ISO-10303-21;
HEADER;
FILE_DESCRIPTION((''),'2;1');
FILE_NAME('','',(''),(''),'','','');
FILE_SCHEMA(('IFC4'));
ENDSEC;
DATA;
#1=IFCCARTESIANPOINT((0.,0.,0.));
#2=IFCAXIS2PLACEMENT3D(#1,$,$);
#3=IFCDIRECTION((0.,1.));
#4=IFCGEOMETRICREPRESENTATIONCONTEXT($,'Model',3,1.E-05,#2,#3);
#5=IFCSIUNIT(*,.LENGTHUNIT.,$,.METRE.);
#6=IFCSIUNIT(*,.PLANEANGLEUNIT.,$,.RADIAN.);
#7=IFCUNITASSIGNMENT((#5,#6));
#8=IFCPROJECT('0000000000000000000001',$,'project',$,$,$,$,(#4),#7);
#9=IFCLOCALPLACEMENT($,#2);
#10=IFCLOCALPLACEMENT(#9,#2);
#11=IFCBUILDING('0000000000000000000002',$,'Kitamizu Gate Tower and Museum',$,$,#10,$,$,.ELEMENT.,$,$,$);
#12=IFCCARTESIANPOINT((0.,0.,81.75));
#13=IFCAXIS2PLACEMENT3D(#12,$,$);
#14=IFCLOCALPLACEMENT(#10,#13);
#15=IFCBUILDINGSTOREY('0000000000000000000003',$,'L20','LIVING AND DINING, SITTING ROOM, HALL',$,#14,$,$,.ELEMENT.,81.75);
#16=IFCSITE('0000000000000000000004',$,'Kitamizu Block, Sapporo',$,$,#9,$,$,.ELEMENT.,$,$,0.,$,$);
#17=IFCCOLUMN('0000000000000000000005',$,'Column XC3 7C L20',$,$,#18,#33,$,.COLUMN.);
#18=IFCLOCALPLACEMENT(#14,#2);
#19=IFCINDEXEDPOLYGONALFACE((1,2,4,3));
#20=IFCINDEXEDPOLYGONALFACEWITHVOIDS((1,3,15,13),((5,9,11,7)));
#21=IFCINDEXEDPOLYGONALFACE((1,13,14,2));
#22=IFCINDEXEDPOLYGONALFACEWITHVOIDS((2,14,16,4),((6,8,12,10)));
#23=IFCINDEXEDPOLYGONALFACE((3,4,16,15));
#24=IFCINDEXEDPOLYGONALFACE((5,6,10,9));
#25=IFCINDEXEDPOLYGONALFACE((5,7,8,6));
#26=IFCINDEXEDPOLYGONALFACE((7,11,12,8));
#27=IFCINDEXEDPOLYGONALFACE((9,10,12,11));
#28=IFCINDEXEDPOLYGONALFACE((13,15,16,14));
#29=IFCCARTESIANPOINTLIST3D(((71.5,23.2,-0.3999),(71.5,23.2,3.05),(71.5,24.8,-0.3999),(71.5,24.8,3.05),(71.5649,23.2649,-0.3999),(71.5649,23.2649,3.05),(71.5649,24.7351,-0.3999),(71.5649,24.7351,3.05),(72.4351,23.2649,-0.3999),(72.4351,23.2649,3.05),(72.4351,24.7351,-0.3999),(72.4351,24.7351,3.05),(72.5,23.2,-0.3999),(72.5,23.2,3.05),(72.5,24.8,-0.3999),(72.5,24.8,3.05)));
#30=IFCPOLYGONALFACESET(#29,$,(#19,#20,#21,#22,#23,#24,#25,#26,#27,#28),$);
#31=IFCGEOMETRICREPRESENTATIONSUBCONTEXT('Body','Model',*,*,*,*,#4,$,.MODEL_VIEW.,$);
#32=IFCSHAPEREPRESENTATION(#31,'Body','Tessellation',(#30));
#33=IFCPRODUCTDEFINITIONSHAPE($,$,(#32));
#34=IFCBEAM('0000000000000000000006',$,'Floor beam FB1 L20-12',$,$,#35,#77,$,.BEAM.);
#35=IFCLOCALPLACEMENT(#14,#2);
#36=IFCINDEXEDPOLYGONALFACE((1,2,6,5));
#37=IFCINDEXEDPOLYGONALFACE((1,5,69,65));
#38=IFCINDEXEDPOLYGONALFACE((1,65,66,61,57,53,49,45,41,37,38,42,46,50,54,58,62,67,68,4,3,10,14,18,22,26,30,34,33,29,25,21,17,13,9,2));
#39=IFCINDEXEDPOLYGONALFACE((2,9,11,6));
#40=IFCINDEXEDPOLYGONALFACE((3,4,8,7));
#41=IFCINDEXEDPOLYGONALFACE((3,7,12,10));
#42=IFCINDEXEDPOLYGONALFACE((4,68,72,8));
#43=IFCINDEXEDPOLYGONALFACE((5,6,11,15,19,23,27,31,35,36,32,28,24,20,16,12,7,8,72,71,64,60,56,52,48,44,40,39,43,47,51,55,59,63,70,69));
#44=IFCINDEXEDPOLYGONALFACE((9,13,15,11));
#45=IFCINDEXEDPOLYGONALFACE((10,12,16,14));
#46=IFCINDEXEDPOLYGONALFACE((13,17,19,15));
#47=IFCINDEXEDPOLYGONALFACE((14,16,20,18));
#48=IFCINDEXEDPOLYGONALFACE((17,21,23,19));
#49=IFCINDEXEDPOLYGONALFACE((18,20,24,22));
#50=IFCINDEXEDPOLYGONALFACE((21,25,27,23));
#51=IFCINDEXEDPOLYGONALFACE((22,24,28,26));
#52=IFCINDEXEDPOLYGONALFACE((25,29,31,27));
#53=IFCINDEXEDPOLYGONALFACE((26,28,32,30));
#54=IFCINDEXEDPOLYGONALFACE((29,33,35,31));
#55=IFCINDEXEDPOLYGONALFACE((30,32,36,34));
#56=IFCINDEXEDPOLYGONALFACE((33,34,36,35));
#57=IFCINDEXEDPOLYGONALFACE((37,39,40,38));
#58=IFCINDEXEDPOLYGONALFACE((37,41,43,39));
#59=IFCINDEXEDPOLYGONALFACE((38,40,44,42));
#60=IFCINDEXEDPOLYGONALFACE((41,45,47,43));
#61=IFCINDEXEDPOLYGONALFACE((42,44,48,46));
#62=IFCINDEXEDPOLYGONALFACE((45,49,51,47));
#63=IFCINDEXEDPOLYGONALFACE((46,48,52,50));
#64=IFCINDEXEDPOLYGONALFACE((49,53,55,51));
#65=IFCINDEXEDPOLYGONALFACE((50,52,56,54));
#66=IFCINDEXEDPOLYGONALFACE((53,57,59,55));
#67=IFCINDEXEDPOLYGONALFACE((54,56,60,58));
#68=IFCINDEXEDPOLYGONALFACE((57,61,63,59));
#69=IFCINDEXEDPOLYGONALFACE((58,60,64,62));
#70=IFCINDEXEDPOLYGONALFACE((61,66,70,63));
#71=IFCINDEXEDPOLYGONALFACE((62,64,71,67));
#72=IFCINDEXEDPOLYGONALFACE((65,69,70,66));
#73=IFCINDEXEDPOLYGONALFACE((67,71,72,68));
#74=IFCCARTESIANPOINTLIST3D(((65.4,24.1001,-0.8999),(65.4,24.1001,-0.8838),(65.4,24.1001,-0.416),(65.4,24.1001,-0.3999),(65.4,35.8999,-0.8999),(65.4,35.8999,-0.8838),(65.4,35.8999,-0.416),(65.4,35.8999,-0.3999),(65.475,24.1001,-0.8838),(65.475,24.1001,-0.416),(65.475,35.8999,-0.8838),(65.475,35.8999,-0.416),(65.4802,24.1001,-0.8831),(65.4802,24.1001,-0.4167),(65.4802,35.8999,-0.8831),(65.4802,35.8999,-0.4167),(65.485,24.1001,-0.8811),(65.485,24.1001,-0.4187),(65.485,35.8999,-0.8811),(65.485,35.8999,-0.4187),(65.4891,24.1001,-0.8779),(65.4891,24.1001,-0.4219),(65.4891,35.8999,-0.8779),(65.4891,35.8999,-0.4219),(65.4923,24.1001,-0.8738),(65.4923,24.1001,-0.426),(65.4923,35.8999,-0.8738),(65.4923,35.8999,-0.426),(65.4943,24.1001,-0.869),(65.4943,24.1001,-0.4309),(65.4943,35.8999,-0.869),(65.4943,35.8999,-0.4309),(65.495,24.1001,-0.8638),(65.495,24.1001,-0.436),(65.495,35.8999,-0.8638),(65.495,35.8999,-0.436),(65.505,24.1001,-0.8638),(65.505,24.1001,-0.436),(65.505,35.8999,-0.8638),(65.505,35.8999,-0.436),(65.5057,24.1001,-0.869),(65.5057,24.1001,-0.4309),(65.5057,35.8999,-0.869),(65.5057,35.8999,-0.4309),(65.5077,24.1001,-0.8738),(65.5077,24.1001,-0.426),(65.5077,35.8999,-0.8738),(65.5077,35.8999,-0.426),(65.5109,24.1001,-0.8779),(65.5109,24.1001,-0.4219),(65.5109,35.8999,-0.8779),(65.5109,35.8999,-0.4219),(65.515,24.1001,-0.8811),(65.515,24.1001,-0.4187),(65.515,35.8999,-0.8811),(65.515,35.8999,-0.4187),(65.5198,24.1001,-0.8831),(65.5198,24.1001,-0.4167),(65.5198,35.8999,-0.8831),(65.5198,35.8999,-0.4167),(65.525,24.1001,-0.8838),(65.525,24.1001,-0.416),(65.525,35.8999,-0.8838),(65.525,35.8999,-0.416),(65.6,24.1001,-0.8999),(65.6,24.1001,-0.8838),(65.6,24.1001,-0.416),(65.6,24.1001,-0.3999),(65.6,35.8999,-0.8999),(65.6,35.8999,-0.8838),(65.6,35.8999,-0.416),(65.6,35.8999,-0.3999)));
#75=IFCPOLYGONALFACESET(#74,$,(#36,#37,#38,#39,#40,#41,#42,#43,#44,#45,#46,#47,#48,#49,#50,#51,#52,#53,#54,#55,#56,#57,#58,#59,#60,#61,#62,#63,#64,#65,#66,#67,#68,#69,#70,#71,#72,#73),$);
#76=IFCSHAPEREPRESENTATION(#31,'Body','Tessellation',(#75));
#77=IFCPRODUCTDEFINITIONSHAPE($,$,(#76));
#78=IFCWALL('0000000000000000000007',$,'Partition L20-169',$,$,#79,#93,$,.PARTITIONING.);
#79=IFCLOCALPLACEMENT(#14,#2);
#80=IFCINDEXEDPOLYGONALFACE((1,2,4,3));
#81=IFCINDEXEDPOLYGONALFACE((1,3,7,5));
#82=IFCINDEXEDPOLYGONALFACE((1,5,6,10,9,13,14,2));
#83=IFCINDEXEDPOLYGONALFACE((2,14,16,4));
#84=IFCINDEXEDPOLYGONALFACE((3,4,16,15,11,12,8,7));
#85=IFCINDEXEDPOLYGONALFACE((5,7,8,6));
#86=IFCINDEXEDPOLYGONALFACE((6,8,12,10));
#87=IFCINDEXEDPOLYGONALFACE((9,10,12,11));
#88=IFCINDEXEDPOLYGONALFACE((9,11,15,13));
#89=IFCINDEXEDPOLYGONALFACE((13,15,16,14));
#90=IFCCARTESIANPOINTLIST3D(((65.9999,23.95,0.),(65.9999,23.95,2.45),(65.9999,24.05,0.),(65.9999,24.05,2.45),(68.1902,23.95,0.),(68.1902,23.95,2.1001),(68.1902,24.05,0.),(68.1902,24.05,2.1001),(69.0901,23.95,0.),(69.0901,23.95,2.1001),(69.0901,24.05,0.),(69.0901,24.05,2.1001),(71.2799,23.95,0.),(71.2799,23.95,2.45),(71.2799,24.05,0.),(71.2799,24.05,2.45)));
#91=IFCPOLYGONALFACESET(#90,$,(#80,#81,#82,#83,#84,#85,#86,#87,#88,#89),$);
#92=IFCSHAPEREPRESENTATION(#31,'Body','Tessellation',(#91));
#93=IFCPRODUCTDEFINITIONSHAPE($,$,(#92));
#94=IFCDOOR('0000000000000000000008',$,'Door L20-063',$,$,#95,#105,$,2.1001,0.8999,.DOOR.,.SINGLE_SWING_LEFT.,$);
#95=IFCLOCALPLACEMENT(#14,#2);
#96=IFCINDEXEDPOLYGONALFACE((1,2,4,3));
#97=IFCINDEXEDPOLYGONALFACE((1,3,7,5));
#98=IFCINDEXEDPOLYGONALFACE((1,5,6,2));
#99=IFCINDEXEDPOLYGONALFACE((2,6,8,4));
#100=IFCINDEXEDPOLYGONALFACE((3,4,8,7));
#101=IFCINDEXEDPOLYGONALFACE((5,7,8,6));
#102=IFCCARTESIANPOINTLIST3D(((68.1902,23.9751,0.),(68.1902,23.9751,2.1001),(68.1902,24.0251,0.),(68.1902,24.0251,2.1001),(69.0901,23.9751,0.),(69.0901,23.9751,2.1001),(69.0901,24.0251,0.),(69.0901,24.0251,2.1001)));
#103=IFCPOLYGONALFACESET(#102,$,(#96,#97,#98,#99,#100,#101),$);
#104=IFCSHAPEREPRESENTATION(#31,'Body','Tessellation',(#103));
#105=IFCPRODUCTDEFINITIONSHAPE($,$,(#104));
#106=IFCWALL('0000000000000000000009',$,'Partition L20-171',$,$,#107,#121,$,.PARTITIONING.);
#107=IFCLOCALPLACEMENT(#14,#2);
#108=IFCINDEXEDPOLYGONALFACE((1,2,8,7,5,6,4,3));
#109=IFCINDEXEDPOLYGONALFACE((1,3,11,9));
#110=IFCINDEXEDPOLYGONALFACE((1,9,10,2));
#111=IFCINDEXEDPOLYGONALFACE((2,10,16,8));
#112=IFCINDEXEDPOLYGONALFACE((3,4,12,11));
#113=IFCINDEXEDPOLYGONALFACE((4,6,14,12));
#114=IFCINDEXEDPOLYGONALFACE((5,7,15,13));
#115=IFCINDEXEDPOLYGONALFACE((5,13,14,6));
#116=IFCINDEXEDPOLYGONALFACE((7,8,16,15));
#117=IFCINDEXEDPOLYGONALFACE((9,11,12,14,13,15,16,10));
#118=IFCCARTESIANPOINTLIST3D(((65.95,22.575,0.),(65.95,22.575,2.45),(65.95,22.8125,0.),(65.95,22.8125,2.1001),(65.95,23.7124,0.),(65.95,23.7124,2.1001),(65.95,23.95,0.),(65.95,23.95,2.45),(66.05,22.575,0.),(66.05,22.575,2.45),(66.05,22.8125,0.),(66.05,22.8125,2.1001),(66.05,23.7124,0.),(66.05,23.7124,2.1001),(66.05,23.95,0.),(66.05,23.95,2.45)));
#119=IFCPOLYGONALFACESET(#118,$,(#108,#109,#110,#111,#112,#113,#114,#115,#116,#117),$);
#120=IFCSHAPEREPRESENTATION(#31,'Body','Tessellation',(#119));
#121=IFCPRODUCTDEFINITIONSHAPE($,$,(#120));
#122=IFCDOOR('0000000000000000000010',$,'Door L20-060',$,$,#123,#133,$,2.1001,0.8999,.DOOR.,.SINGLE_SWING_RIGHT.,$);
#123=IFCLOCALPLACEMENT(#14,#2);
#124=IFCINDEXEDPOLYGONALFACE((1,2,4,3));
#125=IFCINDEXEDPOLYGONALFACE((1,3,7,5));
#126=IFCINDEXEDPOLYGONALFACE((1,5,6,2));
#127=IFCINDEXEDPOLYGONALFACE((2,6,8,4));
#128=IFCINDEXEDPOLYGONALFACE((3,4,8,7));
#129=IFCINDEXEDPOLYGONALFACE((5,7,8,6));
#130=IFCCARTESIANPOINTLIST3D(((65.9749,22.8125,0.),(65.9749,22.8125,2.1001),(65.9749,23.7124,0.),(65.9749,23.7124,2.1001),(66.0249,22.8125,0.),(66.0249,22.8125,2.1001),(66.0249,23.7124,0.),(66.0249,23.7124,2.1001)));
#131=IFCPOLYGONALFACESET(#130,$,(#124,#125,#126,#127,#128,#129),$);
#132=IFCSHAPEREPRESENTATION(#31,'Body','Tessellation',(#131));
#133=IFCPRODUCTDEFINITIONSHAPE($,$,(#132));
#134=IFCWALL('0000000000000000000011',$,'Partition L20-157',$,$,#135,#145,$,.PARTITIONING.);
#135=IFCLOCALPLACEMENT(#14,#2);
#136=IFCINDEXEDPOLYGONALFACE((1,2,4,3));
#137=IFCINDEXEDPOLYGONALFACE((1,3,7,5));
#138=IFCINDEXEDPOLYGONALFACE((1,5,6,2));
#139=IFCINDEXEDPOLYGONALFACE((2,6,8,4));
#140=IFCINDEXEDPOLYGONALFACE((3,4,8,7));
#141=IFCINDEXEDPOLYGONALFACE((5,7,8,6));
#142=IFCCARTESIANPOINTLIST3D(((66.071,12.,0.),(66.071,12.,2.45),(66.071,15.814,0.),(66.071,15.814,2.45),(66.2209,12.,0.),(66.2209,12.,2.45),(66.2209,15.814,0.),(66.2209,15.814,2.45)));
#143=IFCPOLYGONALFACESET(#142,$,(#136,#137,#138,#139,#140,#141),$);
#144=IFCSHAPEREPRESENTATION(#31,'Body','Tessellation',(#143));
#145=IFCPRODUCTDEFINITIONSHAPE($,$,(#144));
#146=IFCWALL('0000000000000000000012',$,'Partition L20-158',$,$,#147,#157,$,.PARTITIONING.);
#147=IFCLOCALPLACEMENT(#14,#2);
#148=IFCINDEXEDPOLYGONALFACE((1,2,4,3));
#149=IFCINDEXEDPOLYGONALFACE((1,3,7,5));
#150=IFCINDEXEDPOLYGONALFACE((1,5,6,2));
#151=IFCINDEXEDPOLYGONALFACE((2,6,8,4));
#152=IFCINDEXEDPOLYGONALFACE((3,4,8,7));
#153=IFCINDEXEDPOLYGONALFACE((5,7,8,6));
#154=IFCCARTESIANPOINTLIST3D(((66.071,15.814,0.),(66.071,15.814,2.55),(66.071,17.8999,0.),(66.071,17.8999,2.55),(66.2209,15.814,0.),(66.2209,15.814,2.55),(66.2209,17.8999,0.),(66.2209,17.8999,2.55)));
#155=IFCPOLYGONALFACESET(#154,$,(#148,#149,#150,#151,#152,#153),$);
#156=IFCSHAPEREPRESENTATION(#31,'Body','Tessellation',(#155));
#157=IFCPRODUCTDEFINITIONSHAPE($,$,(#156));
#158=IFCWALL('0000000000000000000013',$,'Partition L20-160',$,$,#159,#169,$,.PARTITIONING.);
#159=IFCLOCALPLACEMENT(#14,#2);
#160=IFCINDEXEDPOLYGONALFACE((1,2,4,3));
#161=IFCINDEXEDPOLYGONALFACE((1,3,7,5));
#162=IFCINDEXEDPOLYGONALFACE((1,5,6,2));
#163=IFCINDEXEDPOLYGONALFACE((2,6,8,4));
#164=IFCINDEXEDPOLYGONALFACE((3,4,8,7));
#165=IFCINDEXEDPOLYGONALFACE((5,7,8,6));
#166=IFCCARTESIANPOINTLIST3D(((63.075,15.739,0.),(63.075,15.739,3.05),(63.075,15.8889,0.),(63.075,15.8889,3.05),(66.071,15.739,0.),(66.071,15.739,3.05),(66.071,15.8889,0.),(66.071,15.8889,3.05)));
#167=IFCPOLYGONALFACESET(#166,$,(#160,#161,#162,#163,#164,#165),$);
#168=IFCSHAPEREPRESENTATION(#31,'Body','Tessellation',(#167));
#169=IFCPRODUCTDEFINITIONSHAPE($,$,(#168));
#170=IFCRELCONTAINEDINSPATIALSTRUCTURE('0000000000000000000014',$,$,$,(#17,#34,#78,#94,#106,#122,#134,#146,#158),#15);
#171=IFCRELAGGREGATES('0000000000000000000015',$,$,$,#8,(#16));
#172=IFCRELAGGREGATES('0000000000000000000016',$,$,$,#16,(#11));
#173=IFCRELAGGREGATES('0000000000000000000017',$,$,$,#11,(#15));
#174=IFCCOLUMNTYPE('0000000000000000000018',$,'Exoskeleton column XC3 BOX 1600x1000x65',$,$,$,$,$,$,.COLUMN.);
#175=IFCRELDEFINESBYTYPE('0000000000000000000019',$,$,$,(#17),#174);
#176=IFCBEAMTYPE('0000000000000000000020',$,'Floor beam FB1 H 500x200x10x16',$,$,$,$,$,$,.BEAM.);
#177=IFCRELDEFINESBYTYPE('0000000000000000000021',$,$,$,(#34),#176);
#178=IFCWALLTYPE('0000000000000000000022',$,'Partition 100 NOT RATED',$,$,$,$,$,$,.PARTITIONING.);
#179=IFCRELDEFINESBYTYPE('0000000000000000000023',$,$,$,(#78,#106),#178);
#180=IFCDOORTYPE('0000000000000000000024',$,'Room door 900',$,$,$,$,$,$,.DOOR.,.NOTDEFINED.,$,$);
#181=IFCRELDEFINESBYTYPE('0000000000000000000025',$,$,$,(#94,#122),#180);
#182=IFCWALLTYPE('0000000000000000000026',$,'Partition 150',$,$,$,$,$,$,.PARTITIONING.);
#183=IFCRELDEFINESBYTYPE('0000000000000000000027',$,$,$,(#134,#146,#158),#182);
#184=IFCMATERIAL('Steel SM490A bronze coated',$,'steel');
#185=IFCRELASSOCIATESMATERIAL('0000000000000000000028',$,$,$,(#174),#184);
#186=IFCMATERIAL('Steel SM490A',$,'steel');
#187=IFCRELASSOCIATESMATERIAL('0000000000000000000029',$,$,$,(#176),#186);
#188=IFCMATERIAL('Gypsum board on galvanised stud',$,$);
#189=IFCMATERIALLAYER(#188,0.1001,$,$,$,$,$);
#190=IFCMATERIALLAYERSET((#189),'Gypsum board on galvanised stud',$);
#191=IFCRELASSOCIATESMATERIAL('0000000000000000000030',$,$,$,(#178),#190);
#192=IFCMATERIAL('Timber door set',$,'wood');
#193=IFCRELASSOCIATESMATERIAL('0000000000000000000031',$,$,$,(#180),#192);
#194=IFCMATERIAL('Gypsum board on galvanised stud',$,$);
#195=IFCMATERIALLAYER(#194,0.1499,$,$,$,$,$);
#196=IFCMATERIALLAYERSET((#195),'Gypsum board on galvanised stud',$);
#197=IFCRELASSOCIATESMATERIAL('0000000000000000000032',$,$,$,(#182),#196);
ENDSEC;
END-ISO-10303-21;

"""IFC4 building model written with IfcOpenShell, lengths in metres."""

from ifc_helpers import new_model, si_unit, direction, frame, frame_2d, origin, origin_2d, place, context, subcontext, project, spatial, rectangle, hollow_rectangle, i_section, extrude, material, layer, layer_set, material_profile, profile_set, type_object, element, fill, save


model = new_model("IFC4")

# Units and contexts
model_context = context("Model", 3, precision=1e-05, world=origin(), true_north=direction((0.0, 1.0)))
body_context = subcontext(model_context, "Body", "Model", "MODEL_VIEW")
ifc_project = project(units=[si_unit("LENGTHUNIT", "METRE"), si_unit("PLANEANGLEUNIT", "RADIAN")], contexts=[model_context])

# Site, building, storey
site_placement = place(None, origin())
site = spatial("IfcSite", under=ifc_project, at=site_placement, Name="Kitamizu Block, Sapporo", CompositionType="ELEMENT", RefElevation=0.0)
building_placement = place(site_placement, origin())
building = spatial("IfcBuilding", under=site, at=building_placement, Name="Kitamizu Gate Tower and Museum", CompositionType="ELEMENT")
storey_placement = place(building_placement, frame((0.0, 0.0, 81.75)))
storey = spatial("IfcBuildingStorey", under=building, at=storey_placement, Name="L20", Description="LIVING AND DINING, SITTING ROOM, HALL", CompositionType="ELEMENT", Elevation=81.75)

# Column
ifc_material_1 = material(Name="Steel SM490A bronze coated", Category="steel")
ifc_material_profile_1 = material_profile(ifc_material_1, hollow_rectangle(XDim=1.6001, YDim=1.0, WallThickness=0.0649, at=origin_2d()), Name="BOX 1600x1000x65")
ifc_profile_set_1 = profile_set([ifc_material_profile_1], Name="Steel SM490A bronze coated")
column_type = type_object("IfcColumnType", Name="Exoskeleton column XC3 BOX 1600x1000x65", PredefinedType="COLUMN", material=ifc_profile_set_1)
column_placement = place(storey_placement, frame((72.0, 24.0, -0.3999), z_axis=(0.0, 0.0, 1.0), x_axis=(0.0, 1.0, 0.0)))
element("IfcColumn", 1, at=column_placement, inside=storey, type_object=column_type, Name="Column XC3 7C L20", PredefinedType="COLUMN", context=body_context, shape_type="SweptSolid", body=[
    extrude(hollow_rectangle(XDim=1.6001, YDim=1.0, WallThickness=0.0649, at=origin_2d()), origin(), (0.0, 0.0, 1.0), 3.45),
])

# Beam
ifc_material_2 = material(Name="Steel SM490A", Category="steel")
ifc_material_profile_2 = material_profile(ifc_material_2, i_section(OverallWidth=0.2, OverallDepth=0.5, WebThickness=0.01, FlangeThickness=0.0161, FilletRadius=0.02, at=origin_2d()), Name="H-500x200x10x16")
ifc_profile_set_2 = profile_set([ifc_material_profile_2], Name="Steel SM490A")
beam_type = type_object("IfcBeamType", Name="Floor beam FB1 H 500x200x10x16", PredefinedType="BEAM", material=ifc_profile_set_2)
beam_placement = place(storey_placement, frame((65.5, 24.1001, -0.6499), z_axis=(0.0, 1.0, 0.0), x_axis=(-1.0, 0.0, 0.0)))
element("IfcBeam", 2, at=beam_placement, inside=storey, type_object=beam_type, Name="Floor beam FB1 L20-12", PredefinedType="BEAM", context=body_context, shape_type="SweptSolid", body=[
    extrude(i_section(OverallWidth=0.2, OverallDepth=0.5, WebThickness=0.01, FlangeThickness=0.0161, FilletRadius=0.02, at=origin_2d()), origin(), (0.0, 0.0, 1.0), 11.7998),
])

# Walls, openings, doors
ifc_material_3 = material(Name="Gypsum board on galvanised stud")
ifc_layer_1 = layer(ifc_material_3, 0.1001)
ifc_layer_set_1 = layer_set([ifc_layer_1], Name="Gypsum board on galvanised stud")
wall_type_1 = type_object("IfcWallType", Name="Partition 100 NOT RATED", PredefinedType="PARTITIONING", material=ifc_layer_set_1)
wall_1_placement = place(storey_placement, frame((71.28, 24.0, 0.0), z_axis=(0.0, 0.0, 1.0), x_axis=(-1.0, 0.0, 0.0)))
wall_1 = element("IfcWall", 3, at=wall_1_placement, inside=storey, type_object=wall_type_1, Name="Partition L20-169", PredefinedType="PARTITIONING", context=body_context, shape_type="SweptSolid", body=[
    extrude(rectangle(XDim=5.28, YDim=0.1001, at=frame_2d((2.6401, 0.0))), origin(), (0.0, 0.0, 1.0), 2.45),
])
opening_1_placement = place(wall_1_placement, frame((2.1899, 0.0, 0.0)))
opening_1 = element("IfcOpeningElement", 4, at=opening_1_placement, cuts=wall_1, PredefinedType="OPENING", context=body_context, shape_type="SweptSolid", body=[
    extrude(rectangle(XDim=0.8999, YDim=2.1001, at=frame_2d((0.45, 1.05))), frame((0.0, 0.0601, 0.0), z_axis=(0.0, -1.0, 0.0), x_axis=(1.0, 0.0, 0.0)), (0.0, 0.0, 1.0), 0.1201),
])
ifc_material_4 = material(Name="Timber door set", Category="wood")
door_type_1 = type_object("IfcDoorType", Name="Room door 900", OperationType="NOTDEFINED", PredefinedType="DOOR", material=ifc_material_4)
door_1_placement = place(opening_1_placement, origin())
door_1 = element("IfcDoor", 5, at=door_1_placement, inside=storey, type_object=door_type_1, Name="Door L20-063", OperationType="SINGLE_SWING_LEFT", OverallHeight=2.1001, OverallWidth=0.8999, PredefinedType="DOOR", context=body_context, shape_type="SweptSolid", body=[
    extrude(rectangle(XDim=0.8999, YDim=2.1001, at=frame_2d((0.45, 1.05))), frame((0.0, 0.0249, 0.0), z_axis=(0.0, -1.0, 0.0), x_axis=(1.0, 0.0, 0.0)), (0.0, 0.0, 1.0), 0.05),
])
fill(opening_1, door_1)
wall_2_placement = place(storey_placement, frame((66.0, 23.95, 0.0), z_axis=(0.0, 0.0, 1.0), x_axis=(0.0, -1.0, 0.0)))
wall_2 = element("IfcWall", 6, at=wall_2_placement, inside=storey, type_object=wall_type_1, Name="Partition L20-171", PredefinedType="PARTITIONING", context=body_context, shape_type="SweptSolid", body=[
    extrude(rectangle(XDim=1.375, YDim=0.1001, at=frame_2d((0.6875, 0.0))), origin(), (0.0, 0.0, 1.0), 2.45),
])
opening_2_placement = place(wall_2_placement, frame((0.2375, 0.0, 0.0)))
opening_2 = element("IfcOpeningElement", 7, at=opening_2_placement, cuts=wall_2, PredefinedType="OPENING", context=body_context, shape_type="SweptSolid", body=[
    extrude(rectangle(XDim=0.8999, YDim=2.1001, at=frame_2d((0.45, 1.05))), frame((0.0, 0.0601, 0.0), z_axis=(0.0, -1.0, 0.0), x_axis=(1.0, 0.0, 0.0)), (0.0, 0.0, 1.0), 0.1201),
])
door_2_placement = place(opening_2_placement, origin())
door_2 = element("IfcDoor", 8, at=door_2_placement, inside=storey, type_object=door_type_1, Name="Door L20-060", OperationType="SINGLE_SWING_RIGHT", OverallHeight=2.1001, OverallWidth=0.8999, PredefinedType="DOOR", context=body_context, shape_type="SweptSolid", body=[
    extrude(rectangle(XDim=0.8999, YDim=2.1001, at=frame_2d((0.45, 1.05))), frame((0.0, 0.0249, 0.0), z_axis=(0.0, -1.0, 0.0), x_axis=(1.0, 0.0, 0.0)), (0.0, 0.0, 1.0), 0.05),
])
fill(opening_2, door_2)

# Walls
ifc_material_5 = material(Name="Gypsum board on galvanised stud")
ifc_layer_2 = layer(ifc_material_5, 0.1499)
ifc_layer_set_2 = layer_set([ifc_layer_2], Name="Gypsum board on galvanised stud")
wall_type_2 = type_object("IfcWallType", Name="Partition 150", PredefinedType="PARTITIONING", material=ifc_layer_set_2)
wall_3_placement = place(storey_placement, frame((66.146, 15.814, 0.0), z_axis=(0.0, 0.0, 1.0), x_axis=(0.0, -1.0, 0.0)))
element("IfcWall", 9, at=wall_3_placement, inside=storey, type_object=wall_type_2, Name="Partition L20-157", PredefinedType="PARTITIONING", context=body_context, shape_type="SweptSolid", body=[
    extrude(rectangle(XDim=3.814, YDim=0.1499, at=frame_2d((1.907, 0.0))), origin(), (0.0, 0.0, 1.0), 2.45),
])
wall_4_placement = place(storey_placement, frame((66.146, 17.8999, 0.0), z_axis=(0.0, 0.0, 1.0), x_axis=(0.0, -1.0, 0.0)))
element("IfcWall", 10, at=wall_4_placement, inside=storey, type_object=wall_type_2, Name="Partition L20-158", PredefinedType="PARTITIONING", context=body_context, shape_type="SweptSolid", body=[
    extrude(rectangle(XDim=2.0859, YDim=0.1499, at=frame_2d((1.043, 0.0))), origin(), (0.0, 0.0, 1.0), 2.55),
])
wall_5_placement = place(storey_placement, frame((66.071, 15.814, 0.0), z_axis=(0.0, 0.0, 1.0), x_axis=(-1.0, 0.0, 0.0)))
element("IfcWall", 11, at=wall_5_placement, inside=storey, type_object=wall_type_2, Name="Partition L20-160", PredefinedType="PARTITIONING", context=body_context, shape_type="SweptSolid", body=[
    extrude(rectangle(XDim=2.9961, YDim=0.1499, at=frame_2d((1.498, 0.0))), origin(), (0.0, 0.0, 1.0), 3.05),
])

save(model, "model.ifc")
